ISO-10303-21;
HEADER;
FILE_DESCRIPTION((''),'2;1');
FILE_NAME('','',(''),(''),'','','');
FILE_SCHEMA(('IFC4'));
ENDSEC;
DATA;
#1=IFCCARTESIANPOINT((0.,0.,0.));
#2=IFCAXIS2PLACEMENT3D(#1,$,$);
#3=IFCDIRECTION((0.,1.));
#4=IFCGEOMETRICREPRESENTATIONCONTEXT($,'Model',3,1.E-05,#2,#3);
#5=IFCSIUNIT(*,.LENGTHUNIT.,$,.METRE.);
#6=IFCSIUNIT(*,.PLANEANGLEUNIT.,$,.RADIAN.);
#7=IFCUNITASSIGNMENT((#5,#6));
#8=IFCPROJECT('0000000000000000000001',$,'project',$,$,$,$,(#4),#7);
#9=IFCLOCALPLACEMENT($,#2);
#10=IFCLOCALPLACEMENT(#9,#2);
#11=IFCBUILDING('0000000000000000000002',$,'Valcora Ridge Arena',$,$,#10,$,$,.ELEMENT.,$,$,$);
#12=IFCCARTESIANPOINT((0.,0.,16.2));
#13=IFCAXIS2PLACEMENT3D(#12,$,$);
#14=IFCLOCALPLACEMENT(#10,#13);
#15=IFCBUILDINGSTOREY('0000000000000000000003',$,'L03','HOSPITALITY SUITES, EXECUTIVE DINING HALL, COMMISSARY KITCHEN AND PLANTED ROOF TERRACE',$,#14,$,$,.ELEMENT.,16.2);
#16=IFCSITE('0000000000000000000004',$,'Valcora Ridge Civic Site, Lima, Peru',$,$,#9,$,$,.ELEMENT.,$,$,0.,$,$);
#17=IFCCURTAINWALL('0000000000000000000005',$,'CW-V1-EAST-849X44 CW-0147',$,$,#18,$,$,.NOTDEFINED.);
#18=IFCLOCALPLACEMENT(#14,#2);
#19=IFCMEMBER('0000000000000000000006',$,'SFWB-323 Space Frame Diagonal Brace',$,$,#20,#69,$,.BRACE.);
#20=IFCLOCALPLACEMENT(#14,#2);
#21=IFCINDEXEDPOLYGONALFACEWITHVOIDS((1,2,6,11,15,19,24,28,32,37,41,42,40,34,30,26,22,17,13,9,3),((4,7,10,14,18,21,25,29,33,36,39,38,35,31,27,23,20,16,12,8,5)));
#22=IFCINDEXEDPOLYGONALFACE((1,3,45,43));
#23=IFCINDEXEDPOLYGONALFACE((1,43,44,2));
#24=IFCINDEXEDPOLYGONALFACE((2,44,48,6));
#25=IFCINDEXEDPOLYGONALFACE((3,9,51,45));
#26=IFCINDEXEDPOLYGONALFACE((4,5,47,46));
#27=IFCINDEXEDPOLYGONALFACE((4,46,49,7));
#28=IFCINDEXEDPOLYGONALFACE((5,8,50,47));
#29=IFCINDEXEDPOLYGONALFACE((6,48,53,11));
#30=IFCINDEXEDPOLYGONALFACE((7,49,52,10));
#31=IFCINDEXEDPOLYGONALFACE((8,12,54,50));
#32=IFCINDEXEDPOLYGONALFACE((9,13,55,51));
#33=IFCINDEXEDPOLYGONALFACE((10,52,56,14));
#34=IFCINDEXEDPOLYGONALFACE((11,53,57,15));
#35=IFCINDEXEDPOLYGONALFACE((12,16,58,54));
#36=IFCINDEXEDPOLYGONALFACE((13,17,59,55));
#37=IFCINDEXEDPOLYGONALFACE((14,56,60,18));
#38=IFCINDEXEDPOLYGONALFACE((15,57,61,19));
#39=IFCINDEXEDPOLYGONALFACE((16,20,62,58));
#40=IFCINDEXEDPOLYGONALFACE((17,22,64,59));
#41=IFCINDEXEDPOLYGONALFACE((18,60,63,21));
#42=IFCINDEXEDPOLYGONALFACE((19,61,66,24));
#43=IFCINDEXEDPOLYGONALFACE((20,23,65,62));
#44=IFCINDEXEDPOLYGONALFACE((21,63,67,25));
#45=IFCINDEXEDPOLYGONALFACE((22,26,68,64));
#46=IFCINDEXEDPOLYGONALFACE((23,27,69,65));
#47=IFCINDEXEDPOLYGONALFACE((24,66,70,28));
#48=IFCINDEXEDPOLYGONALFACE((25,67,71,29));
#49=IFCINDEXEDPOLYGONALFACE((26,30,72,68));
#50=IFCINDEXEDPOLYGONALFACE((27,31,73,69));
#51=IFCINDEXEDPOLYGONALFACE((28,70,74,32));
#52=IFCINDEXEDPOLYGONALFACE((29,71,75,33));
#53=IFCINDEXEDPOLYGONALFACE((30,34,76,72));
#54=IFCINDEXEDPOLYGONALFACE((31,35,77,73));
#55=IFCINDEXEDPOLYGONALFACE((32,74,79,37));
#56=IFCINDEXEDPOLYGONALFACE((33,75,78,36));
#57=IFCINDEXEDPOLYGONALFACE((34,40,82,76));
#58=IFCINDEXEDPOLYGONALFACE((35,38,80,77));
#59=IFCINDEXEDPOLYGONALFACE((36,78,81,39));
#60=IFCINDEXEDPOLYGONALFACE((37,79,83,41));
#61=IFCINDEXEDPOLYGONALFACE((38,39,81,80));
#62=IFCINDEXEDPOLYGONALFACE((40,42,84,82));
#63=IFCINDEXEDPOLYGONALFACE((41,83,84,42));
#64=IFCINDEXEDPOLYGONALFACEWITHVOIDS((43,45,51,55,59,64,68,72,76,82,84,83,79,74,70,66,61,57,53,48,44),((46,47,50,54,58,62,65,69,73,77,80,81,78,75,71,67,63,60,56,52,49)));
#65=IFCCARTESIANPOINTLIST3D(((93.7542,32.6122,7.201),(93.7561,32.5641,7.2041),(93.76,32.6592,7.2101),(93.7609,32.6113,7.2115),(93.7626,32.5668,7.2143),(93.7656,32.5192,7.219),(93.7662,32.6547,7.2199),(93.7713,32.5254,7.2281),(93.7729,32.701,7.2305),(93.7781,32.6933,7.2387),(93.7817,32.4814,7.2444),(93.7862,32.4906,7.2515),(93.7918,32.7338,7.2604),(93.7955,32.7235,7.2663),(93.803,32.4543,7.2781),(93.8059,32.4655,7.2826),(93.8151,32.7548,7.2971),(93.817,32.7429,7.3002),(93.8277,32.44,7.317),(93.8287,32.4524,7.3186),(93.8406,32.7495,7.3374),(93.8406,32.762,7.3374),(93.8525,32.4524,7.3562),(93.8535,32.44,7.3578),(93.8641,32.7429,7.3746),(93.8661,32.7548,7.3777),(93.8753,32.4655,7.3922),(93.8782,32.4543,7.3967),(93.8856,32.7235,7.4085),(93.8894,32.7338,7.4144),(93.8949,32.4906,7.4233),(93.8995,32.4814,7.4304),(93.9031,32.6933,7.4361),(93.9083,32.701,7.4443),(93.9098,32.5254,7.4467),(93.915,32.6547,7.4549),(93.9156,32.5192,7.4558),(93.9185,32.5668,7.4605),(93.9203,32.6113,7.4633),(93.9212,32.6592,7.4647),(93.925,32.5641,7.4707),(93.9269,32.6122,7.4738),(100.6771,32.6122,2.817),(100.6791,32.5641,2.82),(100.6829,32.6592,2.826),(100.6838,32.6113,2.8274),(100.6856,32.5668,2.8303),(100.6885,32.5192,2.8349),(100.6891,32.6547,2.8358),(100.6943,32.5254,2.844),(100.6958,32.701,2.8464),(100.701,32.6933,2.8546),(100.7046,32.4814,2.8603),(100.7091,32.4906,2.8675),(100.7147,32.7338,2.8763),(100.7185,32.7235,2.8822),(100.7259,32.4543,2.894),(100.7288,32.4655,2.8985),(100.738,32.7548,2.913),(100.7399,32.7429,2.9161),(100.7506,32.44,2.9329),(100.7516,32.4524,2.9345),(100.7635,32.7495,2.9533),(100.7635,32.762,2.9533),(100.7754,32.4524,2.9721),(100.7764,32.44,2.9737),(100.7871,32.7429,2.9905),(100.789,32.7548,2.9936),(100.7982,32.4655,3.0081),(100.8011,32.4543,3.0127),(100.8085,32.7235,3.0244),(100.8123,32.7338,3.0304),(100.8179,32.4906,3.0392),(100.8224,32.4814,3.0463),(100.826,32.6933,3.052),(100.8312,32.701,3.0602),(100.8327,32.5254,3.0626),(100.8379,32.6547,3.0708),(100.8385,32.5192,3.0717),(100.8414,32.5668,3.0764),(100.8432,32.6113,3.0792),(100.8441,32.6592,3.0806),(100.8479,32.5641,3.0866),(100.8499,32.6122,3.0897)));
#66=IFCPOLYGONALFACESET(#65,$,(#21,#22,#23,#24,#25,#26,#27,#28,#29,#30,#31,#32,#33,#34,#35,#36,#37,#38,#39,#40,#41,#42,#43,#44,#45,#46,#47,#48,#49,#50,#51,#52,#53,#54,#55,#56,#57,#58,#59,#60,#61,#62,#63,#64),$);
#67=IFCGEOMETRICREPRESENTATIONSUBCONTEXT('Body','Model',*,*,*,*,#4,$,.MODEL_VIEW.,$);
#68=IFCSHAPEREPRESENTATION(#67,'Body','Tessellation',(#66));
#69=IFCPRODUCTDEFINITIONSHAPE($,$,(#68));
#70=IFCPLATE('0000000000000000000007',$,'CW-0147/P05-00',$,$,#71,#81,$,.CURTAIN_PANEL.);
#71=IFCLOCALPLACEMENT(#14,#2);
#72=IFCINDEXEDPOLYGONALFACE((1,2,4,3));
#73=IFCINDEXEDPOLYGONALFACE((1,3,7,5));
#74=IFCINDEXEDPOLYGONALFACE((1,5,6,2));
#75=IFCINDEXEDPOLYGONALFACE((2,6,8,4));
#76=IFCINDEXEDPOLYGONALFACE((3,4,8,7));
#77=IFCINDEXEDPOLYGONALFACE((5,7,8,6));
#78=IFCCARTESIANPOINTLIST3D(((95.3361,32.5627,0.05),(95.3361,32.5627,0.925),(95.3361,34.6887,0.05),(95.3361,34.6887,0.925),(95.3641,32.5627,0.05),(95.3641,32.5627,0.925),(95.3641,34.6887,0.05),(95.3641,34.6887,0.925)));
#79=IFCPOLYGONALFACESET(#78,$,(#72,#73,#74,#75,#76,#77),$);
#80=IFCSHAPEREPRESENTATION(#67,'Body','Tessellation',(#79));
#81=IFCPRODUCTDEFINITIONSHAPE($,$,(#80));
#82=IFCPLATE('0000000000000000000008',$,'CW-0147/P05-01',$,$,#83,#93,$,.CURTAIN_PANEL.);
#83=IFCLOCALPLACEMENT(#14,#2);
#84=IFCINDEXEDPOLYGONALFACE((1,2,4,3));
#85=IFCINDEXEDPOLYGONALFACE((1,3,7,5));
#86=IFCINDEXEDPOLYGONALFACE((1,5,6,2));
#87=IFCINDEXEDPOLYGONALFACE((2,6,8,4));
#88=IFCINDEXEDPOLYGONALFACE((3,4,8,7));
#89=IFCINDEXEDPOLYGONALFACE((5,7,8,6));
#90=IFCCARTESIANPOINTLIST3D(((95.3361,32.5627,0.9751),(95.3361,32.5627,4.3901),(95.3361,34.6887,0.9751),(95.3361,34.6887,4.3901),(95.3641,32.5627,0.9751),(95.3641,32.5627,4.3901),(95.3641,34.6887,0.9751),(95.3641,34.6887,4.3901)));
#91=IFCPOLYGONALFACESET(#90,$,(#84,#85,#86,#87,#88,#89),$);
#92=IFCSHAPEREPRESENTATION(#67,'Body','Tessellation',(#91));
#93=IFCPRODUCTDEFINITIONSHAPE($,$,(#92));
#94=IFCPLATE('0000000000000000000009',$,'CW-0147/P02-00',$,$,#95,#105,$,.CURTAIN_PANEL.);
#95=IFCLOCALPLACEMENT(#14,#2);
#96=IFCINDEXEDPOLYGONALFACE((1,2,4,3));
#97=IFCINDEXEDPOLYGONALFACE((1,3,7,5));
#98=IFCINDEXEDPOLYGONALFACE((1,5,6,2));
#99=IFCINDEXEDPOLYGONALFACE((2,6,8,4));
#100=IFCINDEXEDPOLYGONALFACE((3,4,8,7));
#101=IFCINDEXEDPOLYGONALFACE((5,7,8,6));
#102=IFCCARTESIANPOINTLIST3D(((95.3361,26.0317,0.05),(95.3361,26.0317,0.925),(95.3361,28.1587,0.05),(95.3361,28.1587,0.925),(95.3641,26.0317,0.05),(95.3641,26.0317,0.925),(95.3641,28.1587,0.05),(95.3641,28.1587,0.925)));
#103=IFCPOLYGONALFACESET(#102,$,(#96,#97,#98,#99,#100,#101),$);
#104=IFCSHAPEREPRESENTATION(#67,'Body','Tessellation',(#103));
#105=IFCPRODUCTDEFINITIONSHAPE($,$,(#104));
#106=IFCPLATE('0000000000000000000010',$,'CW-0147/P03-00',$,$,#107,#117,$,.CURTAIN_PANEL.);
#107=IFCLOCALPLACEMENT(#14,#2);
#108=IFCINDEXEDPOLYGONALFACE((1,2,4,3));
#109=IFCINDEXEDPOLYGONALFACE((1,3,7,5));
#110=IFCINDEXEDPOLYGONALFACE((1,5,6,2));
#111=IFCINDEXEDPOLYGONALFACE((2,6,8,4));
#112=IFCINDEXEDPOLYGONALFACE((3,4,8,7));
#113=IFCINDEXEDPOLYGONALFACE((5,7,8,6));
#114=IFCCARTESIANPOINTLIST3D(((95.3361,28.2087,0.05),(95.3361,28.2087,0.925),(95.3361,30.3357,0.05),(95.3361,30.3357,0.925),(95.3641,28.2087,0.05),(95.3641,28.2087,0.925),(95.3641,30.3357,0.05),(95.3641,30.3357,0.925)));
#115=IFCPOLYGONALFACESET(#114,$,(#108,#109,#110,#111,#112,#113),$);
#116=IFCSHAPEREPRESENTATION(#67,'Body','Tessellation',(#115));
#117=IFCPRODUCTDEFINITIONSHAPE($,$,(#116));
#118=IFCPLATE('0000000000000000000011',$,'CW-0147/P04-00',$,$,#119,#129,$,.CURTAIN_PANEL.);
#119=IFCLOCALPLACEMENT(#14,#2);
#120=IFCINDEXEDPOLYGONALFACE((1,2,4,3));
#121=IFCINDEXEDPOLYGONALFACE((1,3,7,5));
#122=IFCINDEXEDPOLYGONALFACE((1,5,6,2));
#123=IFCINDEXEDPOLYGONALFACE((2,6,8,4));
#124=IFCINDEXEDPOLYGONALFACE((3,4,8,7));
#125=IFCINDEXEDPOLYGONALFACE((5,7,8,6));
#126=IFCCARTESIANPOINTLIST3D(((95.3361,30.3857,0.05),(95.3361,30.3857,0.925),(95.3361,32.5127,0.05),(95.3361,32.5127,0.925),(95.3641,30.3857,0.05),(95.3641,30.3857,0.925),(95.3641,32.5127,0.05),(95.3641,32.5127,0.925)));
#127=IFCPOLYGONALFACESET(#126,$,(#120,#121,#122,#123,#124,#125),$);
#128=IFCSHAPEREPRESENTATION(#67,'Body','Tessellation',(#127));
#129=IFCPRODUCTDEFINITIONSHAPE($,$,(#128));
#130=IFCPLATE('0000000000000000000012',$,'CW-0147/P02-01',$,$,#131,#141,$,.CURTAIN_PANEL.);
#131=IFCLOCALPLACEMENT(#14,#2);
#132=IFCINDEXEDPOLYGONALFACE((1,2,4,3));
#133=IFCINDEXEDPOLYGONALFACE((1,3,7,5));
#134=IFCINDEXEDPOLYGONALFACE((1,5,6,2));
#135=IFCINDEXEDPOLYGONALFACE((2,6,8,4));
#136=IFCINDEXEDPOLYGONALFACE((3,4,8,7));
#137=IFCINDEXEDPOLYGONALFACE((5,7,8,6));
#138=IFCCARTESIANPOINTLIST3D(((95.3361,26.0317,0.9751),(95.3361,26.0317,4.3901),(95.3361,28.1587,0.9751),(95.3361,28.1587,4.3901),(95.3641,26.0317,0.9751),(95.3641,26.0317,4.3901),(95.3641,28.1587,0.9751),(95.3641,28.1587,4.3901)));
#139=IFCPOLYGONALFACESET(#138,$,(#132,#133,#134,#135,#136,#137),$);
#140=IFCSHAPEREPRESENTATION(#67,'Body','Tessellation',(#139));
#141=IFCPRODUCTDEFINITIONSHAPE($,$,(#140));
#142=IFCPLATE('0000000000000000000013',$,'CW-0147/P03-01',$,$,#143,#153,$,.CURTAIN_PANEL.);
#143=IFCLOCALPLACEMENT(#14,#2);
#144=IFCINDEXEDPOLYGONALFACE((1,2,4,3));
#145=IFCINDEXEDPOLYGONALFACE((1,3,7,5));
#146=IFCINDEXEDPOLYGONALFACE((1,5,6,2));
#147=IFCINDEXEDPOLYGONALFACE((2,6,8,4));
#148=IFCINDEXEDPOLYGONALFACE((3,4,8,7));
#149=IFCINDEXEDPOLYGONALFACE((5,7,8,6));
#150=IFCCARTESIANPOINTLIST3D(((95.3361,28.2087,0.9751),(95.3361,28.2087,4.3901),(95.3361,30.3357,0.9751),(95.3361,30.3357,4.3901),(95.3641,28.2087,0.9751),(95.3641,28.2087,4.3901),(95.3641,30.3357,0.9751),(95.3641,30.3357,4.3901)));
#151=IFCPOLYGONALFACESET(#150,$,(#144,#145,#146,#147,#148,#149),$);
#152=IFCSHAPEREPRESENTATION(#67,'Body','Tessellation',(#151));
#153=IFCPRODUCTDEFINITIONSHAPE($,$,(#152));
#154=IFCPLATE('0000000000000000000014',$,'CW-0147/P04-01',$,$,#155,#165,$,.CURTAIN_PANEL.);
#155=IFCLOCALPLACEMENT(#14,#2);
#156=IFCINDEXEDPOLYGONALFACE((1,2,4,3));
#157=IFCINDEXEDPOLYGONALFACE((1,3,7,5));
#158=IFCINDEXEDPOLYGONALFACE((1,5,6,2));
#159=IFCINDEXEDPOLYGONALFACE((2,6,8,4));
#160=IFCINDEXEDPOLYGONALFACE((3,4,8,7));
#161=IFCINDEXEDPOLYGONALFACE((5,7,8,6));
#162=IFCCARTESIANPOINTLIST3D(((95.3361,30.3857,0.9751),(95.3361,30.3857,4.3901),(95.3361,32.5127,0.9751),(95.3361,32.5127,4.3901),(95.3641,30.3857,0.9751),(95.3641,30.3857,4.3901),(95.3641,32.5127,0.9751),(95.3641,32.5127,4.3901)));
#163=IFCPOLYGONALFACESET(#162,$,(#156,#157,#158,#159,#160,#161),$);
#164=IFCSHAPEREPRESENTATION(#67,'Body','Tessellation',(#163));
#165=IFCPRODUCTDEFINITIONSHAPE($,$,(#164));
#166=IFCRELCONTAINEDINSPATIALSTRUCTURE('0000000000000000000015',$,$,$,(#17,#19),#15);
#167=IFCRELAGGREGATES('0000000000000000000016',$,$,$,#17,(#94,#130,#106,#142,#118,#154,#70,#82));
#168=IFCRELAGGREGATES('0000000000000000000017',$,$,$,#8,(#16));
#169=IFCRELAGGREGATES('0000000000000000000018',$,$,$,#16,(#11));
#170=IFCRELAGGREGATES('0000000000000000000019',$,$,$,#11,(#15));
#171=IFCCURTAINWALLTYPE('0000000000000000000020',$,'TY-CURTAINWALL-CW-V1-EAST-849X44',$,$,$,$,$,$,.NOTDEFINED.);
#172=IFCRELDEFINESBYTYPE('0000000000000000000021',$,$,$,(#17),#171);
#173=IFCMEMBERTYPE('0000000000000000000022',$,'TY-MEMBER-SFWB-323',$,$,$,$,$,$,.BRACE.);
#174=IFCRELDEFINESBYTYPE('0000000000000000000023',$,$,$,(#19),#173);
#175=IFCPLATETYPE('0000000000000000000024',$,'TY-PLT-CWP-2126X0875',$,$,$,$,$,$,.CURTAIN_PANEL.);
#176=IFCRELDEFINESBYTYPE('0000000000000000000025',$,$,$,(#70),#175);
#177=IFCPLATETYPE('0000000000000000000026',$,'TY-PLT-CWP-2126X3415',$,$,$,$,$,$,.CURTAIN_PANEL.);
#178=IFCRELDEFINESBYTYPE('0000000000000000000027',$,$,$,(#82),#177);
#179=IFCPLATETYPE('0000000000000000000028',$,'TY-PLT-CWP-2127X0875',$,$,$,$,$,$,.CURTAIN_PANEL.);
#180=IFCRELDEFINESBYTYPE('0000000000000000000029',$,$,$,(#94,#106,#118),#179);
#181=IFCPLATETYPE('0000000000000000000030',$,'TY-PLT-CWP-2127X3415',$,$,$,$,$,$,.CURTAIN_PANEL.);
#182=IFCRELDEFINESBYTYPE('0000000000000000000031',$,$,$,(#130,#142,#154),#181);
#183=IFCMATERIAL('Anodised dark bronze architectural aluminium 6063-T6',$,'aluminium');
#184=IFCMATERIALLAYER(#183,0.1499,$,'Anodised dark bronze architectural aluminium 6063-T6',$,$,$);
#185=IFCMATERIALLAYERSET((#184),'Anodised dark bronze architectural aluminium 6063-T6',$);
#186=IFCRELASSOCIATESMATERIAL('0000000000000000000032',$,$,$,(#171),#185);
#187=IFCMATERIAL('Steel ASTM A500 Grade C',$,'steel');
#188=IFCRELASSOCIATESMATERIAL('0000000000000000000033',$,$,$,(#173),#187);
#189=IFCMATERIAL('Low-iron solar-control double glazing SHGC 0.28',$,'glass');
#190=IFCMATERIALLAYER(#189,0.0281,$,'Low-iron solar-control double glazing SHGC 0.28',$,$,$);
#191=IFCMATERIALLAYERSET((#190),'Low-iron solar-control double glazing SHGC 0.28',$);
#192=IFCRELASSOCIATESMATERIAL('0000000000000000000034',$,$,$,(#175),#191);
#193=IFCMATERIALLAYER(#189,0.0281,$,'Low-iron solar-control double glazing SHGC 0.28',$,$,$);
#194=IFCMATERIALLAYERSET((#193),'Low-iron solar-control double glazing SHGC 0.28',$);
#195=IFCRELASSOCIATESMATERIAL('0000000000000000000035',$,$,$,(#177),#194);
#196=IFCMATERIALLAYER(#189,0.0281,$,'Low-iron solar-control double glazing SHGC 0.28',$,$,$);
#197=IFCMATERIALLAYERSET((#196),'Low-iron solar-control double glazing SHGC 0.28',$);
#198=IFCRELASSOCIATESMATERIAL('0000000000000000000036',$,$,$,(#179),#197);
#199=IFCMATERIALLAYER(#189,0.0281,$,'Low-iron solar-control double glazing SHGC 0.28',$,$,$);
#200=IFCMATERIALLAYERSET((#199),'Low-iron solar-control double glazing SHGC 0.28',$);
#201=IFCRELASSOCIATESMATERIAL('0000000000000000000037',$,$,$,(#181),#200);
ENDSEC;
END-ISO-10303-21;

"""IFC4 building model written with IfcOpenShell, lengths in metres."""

from ifc_helpers import new_model, si_unit, direction, frame, origin, origin_2d, place, context, subcontext, project, spatial, rectangle, hollow_circle, extrude, material, layer, layer_set, material_profile, profile_set, type_object, element, aggregate, save


model = new_model("IFC4")

# Units and contexts
model_context = context("Model", 3, precision=1e-05, world=origin(), true_north=direction((0.0, 1.0)))
body_context = subcontext(model_context, "Body", "Model", "MODEL_VIEW")
ifc_project = project(units=[si_unit("LENGTHUNIT", "METRE"), si_unit("PLANEANGLEUNIT", "RADIAN")], contexts=[model_context])

# Site, building, storey
site_placement = place(None, origin())
site = spatial("IfcSite", under=ifc_project, at=site_placement, Name="Valcora Ridge Civic Site, Lima, Peru", CompositionType="ELEMENT", RefElevation=0.0)
building_placement = place(site_placement, origin())
building = spatial("IfcBuilding", under=site, at=building_placement, Name="Valcora Ridge Arena", CompositionType="ELEMENT")
storey_placement = place(building_placement, frame((0.0, 0.0, 16.2)))
storey = spatial("IfcBuildingStorey", under=building, at=storey_placement, Name="L03", Description="HOSPITALITY SUITES, EXECUTIVE DINING HALL, COMMISSARY KITCHEN AND PLANTED ROOF TERRACE", CompositionType="ELEMENT", Elevation=16.2)

# Curtain wall
ifc_material_1 = material(Name="Anodised dark bronze architectural aluminium 6063-T6", Category="aluminium")
ifc_layer_1 = layer(ifc_material_1, 0.1499, Name="Anodised dark bronze architectural aluminium 6063-T6")
ifc_layer_set_1 = layer_set([ifc_layer_1], Name="Anodised dark bronze architectural aluminium 6063-T6")
curtain_wall_type = type_object("IfcCurtainWallType", Name="TY-CURTAINWALL-CW-V1-EAST-849X44", PredefinedType="NOTDEFINED", material=ifc_layer_set_1)
curtain_wall_placement = place(storey_placement, origin())
curtain_wall = element("IfcCurtainWall", 1, at=curtain_wall_placement, inside=storey, type_object=curtain_wall_type, Name="CW-V1-EAST-849X44 CW-0147", PredefinedType="NOTDEFINED")

# Member
ifc_material_2 = material(Name="Steel ASTM A500 Grade C", Category="steel")
ifc_material_profile_1 = material_profile(ifc_material_2, hollow_circle(Radius=0.1619, WallThickness=0.0125, at=origin_2d()), Name="CHS323X12")
ifc_profile_set_1 = profile_set([ifc_material_profile_1], Name="Steel ASTM A500 Grade C")
member_type_1 = type_object("IfcMemberType", Name="TY-MEMBER-SFWB-323", PredefinedType="BRACE", material=ifc_profile_set_1)
member_1_placement = place(storey_placement, frame((93.8406, 32.6001, 7.3374), z_axis=(0.844843, 0.0, -0.535014), x_axis=(0.0, 1.0, 0.0)))
element("IfcMember", 2, at=member_1_placement, inside=storey, type_object=member_type_1, Name="SFWB-323 Space Frame Diagonal Brace", PredefinedType="BRACE", context=body_context, shape_type="SweptSolid", body=[
    extrude(hollow_circle(Radius=0.1619, WallThickness=0.0125, at=origin_2d()), origin(), (0.0, 0.0, 1.0), 8.1943),
])

# Plates
ifc_material_3 = material(Name="Low-iron solar-control double glazing SHGC 0.28", Category="glass")
ifc_layer_2 = layer(ifc_material_3, 0.0281, Name="Low-iron solar-control double glazing SHGC 0.28")
ifc_layer_set_2 = layer_set([ifc_layer_2], Name="Low-iron solar-control double glazing SHGC 0.28")
plate_type_1 = type_object("IfcPlateType", Name="TY-PLT-CWP-2126X0875", PredefinedType="CURTAIN_PANEL", material=ifc_layer_set_2)
plate_1_placement = place(storey_placement, frame((95.3501, 33.6257, 0.05), z_axis=(0.0, 0.0, 1.0), x_axis=(0.0, 1.0, 0.0)))
plate_1 = element("IfcPlate", 3, at=plate_1_placement, type_object=plate_type_1, Name="CW-0147/P05-00", PredefinedType="CURTAIN_PANEL", context=body_context, shape_type="SweptSolid", body=[
    extrude(rectangle(XDim=2.126, YDim=0.0281, at=origin_2d()), origin(), (0.0, 0.0, 1.0), 0.875),
])
ifc_layer_3 = layer(ifc_material_3, 0.0281, Name="Low-iron solar-control double glazing SHGC 0.28")
ifc_layer_set_3 = layer_set([ifc_layer_3], Name="Low-iron solar-control double glazing SHGC 0.28")
plate_type_2 = type_object("IfcPlateType", Name="TY-PLT-CWP-2126X3415", PredefinedType="CURTAIN_PANEL", material=ifc_layer_set_3)
plate_2_placement = place(storey_placement, frame((95.3501, 33.6257, 0.9751), z_axis=(0.0, 0.0, 1.0), x_axis=(0.0, 1.0, 0.0)))
plate_2 = element("IfcPlate", 4, at=plate_2_placement, type_object=plate_type_2, Name="CW-0147/P05-01", PredefinedType="CURTAIN_PANEL", context=body_context, shape_type="SweptSolid", body=[
    extrude(rectangle(XDim=2.126, YDim=0.0281, at=origin_2d()), origin(), (0.0, 0.0, 1.0), 3.415),
])
ifc_layer_4 = layer(ifc_material_3, 0.0281, Name="Low-iron solar-control double glazing SHGC 0.28")
ifc_layer_set_4 = layer_set([ifc_layer_4], Name="Low-iron solar-control double glazing SHGC 0.28")
plate_type_3 = type_object("IfcPlateType", Name="TY-PLT-CWP-2127X0875", PredefinedType="CURTAIN_PANEL", material=ifc_layer_set_4)
plate_3_placement = place(storey_placement, frame((95.3501, 27.0952, 0.05), z_axis=(0.0, 0.0, 1.0), x_axis=(0.0, 1.0, 0.0)))
plate_3 = element("IfcPlate", 5, at=plate_3_placement, type_object=plate_type_3, Name="CW-0147/P02-00", PredefinedType="CURTAIN_PANEL", context=body_context, shape_type="SweptSolid", body=[
    extrude(rectangle(XDim=2.127, YDim=0.0281, at=origin_2d()), origin(), (0.0, 0.0, 1.0), 0.875),
])
plate_4_placement = place(storey_placement, frame((95.3501, 29.2722, 0.05), z_axis=(0.0, 0.0, 1.0), x_axis=(0.0, 1.0, 0.0)))
plate_4 = element("IfcPlate", 6, at=plate_4_placement, type_object=plate_type_3, Name="CW-0147/P03-00", PredefinedType="CURTAIN_PANEL", context=body_context, shape_type="SweptSolid", body=[
    extrude(rectangle(XDim=2.127, YDim=0.0281, at=origin_2d()), origin(), (0.0, 0.0, 1.0), 0.875),
])
plate_5_placement = place(storey_placement, frame((95.3501, 31.4492, 0.05), z_axis=(0.0, 0.0, 1.0), x_axis=(0.0, 1.0, 0.0)))
plate_5 = element("IfcPlate", 7, at=plate_5_placement, type_object=plate_type_3, Name="CW-0147/P04-00", PredefinedType="CURTAIN_PANEL", context=body_context, shape_type="SweptSolid", body=[
    extrude(rectangle(XDim=2.127, YDim=0.0281, at=origin_2d()), origin(), (0.0, 0.0, 1.0), 0.875),
])
ifc_layer_5 = layer(ifc_material_3, 0.0281, Name="Low-iron solar-control double glazing SHGC 0.28")
ifc_layer_set_5 = layer_set([ifc_layer_5], Name="Low-iron solar-control double glazing SHGC 0.28")
plate_type_4 = type_object("IfcPlateType", Name="TY-PLT-CWP-2127X3415", PredefinedType="CURTAIN_PANEL", material=ifc_layer_set_5)
plate_6_placement = place(storey_placement, frame((95.3501, 27.0952, 0.9751), z_axis=(0.0, 0.0, 1.0), x_axis=(0.0, 1.0, 0.0)))
plate_6 = element("IfcPlate", 8, at=plate_6_placement, type_object=plate_type_4, Name="CW-0147/P02-01", PredefinedType="CURTAIN_PANEL", context=body_context, shape_type="SweptSolid", body=[
    extrude(rectangle(XDim=2.127, YDim=0.0281, at=origin_2d()), origin(), (0.0, 0.0, 1.0), 3.415),
])
plate_7_placement = place(storey_placement, frame((95.3501, 29.2722, 0.9751), z_axis=(0.0, 0.0, 1.0), x_axis=(0.0, 1.0, 0.0)))
plate_7 = element("IfcPlate", 9, at=plate_7_placement, type_object=plate_type_4, Name="CW-0147/P03-01", PredefinedType="CURTAIN_PANEL", context=body_context, shape_type="SweptSolid", body=[
    extrude(rectangle(XDim=2.127, YDim=0.0281, at=origin_2d()), origin(), (0.0, 0.0, 1.0), 3.415),
])
plate_8_placement = place(storey_placement, frame((95.3501, 31.4492, 0.9751), z_axis=(0.0, 0.0, 1.0), x_axis=(0.0, 1.0, 0.0)))
plate_8 = element("IfcPlate", 10, at=plate_8_placement, type_object=plate_type_4, Name="CW-0147/P04-01", PredefinedType="CURTAIN_PANEL", context=body_context, shape_type="SweptSolid", body=[
    extrude(rectangle(XDim=2.127, YDim=0.0281, at=origin_2d()), origin(), (0.0, 0.0, 1.0), 3.415),
])
aggregate(curtain_wall, [plate_3, plate_6, plate_4, plate_7, plate_5, plate_8, plate_1, plate_2])

save(model, "model.ifc")
